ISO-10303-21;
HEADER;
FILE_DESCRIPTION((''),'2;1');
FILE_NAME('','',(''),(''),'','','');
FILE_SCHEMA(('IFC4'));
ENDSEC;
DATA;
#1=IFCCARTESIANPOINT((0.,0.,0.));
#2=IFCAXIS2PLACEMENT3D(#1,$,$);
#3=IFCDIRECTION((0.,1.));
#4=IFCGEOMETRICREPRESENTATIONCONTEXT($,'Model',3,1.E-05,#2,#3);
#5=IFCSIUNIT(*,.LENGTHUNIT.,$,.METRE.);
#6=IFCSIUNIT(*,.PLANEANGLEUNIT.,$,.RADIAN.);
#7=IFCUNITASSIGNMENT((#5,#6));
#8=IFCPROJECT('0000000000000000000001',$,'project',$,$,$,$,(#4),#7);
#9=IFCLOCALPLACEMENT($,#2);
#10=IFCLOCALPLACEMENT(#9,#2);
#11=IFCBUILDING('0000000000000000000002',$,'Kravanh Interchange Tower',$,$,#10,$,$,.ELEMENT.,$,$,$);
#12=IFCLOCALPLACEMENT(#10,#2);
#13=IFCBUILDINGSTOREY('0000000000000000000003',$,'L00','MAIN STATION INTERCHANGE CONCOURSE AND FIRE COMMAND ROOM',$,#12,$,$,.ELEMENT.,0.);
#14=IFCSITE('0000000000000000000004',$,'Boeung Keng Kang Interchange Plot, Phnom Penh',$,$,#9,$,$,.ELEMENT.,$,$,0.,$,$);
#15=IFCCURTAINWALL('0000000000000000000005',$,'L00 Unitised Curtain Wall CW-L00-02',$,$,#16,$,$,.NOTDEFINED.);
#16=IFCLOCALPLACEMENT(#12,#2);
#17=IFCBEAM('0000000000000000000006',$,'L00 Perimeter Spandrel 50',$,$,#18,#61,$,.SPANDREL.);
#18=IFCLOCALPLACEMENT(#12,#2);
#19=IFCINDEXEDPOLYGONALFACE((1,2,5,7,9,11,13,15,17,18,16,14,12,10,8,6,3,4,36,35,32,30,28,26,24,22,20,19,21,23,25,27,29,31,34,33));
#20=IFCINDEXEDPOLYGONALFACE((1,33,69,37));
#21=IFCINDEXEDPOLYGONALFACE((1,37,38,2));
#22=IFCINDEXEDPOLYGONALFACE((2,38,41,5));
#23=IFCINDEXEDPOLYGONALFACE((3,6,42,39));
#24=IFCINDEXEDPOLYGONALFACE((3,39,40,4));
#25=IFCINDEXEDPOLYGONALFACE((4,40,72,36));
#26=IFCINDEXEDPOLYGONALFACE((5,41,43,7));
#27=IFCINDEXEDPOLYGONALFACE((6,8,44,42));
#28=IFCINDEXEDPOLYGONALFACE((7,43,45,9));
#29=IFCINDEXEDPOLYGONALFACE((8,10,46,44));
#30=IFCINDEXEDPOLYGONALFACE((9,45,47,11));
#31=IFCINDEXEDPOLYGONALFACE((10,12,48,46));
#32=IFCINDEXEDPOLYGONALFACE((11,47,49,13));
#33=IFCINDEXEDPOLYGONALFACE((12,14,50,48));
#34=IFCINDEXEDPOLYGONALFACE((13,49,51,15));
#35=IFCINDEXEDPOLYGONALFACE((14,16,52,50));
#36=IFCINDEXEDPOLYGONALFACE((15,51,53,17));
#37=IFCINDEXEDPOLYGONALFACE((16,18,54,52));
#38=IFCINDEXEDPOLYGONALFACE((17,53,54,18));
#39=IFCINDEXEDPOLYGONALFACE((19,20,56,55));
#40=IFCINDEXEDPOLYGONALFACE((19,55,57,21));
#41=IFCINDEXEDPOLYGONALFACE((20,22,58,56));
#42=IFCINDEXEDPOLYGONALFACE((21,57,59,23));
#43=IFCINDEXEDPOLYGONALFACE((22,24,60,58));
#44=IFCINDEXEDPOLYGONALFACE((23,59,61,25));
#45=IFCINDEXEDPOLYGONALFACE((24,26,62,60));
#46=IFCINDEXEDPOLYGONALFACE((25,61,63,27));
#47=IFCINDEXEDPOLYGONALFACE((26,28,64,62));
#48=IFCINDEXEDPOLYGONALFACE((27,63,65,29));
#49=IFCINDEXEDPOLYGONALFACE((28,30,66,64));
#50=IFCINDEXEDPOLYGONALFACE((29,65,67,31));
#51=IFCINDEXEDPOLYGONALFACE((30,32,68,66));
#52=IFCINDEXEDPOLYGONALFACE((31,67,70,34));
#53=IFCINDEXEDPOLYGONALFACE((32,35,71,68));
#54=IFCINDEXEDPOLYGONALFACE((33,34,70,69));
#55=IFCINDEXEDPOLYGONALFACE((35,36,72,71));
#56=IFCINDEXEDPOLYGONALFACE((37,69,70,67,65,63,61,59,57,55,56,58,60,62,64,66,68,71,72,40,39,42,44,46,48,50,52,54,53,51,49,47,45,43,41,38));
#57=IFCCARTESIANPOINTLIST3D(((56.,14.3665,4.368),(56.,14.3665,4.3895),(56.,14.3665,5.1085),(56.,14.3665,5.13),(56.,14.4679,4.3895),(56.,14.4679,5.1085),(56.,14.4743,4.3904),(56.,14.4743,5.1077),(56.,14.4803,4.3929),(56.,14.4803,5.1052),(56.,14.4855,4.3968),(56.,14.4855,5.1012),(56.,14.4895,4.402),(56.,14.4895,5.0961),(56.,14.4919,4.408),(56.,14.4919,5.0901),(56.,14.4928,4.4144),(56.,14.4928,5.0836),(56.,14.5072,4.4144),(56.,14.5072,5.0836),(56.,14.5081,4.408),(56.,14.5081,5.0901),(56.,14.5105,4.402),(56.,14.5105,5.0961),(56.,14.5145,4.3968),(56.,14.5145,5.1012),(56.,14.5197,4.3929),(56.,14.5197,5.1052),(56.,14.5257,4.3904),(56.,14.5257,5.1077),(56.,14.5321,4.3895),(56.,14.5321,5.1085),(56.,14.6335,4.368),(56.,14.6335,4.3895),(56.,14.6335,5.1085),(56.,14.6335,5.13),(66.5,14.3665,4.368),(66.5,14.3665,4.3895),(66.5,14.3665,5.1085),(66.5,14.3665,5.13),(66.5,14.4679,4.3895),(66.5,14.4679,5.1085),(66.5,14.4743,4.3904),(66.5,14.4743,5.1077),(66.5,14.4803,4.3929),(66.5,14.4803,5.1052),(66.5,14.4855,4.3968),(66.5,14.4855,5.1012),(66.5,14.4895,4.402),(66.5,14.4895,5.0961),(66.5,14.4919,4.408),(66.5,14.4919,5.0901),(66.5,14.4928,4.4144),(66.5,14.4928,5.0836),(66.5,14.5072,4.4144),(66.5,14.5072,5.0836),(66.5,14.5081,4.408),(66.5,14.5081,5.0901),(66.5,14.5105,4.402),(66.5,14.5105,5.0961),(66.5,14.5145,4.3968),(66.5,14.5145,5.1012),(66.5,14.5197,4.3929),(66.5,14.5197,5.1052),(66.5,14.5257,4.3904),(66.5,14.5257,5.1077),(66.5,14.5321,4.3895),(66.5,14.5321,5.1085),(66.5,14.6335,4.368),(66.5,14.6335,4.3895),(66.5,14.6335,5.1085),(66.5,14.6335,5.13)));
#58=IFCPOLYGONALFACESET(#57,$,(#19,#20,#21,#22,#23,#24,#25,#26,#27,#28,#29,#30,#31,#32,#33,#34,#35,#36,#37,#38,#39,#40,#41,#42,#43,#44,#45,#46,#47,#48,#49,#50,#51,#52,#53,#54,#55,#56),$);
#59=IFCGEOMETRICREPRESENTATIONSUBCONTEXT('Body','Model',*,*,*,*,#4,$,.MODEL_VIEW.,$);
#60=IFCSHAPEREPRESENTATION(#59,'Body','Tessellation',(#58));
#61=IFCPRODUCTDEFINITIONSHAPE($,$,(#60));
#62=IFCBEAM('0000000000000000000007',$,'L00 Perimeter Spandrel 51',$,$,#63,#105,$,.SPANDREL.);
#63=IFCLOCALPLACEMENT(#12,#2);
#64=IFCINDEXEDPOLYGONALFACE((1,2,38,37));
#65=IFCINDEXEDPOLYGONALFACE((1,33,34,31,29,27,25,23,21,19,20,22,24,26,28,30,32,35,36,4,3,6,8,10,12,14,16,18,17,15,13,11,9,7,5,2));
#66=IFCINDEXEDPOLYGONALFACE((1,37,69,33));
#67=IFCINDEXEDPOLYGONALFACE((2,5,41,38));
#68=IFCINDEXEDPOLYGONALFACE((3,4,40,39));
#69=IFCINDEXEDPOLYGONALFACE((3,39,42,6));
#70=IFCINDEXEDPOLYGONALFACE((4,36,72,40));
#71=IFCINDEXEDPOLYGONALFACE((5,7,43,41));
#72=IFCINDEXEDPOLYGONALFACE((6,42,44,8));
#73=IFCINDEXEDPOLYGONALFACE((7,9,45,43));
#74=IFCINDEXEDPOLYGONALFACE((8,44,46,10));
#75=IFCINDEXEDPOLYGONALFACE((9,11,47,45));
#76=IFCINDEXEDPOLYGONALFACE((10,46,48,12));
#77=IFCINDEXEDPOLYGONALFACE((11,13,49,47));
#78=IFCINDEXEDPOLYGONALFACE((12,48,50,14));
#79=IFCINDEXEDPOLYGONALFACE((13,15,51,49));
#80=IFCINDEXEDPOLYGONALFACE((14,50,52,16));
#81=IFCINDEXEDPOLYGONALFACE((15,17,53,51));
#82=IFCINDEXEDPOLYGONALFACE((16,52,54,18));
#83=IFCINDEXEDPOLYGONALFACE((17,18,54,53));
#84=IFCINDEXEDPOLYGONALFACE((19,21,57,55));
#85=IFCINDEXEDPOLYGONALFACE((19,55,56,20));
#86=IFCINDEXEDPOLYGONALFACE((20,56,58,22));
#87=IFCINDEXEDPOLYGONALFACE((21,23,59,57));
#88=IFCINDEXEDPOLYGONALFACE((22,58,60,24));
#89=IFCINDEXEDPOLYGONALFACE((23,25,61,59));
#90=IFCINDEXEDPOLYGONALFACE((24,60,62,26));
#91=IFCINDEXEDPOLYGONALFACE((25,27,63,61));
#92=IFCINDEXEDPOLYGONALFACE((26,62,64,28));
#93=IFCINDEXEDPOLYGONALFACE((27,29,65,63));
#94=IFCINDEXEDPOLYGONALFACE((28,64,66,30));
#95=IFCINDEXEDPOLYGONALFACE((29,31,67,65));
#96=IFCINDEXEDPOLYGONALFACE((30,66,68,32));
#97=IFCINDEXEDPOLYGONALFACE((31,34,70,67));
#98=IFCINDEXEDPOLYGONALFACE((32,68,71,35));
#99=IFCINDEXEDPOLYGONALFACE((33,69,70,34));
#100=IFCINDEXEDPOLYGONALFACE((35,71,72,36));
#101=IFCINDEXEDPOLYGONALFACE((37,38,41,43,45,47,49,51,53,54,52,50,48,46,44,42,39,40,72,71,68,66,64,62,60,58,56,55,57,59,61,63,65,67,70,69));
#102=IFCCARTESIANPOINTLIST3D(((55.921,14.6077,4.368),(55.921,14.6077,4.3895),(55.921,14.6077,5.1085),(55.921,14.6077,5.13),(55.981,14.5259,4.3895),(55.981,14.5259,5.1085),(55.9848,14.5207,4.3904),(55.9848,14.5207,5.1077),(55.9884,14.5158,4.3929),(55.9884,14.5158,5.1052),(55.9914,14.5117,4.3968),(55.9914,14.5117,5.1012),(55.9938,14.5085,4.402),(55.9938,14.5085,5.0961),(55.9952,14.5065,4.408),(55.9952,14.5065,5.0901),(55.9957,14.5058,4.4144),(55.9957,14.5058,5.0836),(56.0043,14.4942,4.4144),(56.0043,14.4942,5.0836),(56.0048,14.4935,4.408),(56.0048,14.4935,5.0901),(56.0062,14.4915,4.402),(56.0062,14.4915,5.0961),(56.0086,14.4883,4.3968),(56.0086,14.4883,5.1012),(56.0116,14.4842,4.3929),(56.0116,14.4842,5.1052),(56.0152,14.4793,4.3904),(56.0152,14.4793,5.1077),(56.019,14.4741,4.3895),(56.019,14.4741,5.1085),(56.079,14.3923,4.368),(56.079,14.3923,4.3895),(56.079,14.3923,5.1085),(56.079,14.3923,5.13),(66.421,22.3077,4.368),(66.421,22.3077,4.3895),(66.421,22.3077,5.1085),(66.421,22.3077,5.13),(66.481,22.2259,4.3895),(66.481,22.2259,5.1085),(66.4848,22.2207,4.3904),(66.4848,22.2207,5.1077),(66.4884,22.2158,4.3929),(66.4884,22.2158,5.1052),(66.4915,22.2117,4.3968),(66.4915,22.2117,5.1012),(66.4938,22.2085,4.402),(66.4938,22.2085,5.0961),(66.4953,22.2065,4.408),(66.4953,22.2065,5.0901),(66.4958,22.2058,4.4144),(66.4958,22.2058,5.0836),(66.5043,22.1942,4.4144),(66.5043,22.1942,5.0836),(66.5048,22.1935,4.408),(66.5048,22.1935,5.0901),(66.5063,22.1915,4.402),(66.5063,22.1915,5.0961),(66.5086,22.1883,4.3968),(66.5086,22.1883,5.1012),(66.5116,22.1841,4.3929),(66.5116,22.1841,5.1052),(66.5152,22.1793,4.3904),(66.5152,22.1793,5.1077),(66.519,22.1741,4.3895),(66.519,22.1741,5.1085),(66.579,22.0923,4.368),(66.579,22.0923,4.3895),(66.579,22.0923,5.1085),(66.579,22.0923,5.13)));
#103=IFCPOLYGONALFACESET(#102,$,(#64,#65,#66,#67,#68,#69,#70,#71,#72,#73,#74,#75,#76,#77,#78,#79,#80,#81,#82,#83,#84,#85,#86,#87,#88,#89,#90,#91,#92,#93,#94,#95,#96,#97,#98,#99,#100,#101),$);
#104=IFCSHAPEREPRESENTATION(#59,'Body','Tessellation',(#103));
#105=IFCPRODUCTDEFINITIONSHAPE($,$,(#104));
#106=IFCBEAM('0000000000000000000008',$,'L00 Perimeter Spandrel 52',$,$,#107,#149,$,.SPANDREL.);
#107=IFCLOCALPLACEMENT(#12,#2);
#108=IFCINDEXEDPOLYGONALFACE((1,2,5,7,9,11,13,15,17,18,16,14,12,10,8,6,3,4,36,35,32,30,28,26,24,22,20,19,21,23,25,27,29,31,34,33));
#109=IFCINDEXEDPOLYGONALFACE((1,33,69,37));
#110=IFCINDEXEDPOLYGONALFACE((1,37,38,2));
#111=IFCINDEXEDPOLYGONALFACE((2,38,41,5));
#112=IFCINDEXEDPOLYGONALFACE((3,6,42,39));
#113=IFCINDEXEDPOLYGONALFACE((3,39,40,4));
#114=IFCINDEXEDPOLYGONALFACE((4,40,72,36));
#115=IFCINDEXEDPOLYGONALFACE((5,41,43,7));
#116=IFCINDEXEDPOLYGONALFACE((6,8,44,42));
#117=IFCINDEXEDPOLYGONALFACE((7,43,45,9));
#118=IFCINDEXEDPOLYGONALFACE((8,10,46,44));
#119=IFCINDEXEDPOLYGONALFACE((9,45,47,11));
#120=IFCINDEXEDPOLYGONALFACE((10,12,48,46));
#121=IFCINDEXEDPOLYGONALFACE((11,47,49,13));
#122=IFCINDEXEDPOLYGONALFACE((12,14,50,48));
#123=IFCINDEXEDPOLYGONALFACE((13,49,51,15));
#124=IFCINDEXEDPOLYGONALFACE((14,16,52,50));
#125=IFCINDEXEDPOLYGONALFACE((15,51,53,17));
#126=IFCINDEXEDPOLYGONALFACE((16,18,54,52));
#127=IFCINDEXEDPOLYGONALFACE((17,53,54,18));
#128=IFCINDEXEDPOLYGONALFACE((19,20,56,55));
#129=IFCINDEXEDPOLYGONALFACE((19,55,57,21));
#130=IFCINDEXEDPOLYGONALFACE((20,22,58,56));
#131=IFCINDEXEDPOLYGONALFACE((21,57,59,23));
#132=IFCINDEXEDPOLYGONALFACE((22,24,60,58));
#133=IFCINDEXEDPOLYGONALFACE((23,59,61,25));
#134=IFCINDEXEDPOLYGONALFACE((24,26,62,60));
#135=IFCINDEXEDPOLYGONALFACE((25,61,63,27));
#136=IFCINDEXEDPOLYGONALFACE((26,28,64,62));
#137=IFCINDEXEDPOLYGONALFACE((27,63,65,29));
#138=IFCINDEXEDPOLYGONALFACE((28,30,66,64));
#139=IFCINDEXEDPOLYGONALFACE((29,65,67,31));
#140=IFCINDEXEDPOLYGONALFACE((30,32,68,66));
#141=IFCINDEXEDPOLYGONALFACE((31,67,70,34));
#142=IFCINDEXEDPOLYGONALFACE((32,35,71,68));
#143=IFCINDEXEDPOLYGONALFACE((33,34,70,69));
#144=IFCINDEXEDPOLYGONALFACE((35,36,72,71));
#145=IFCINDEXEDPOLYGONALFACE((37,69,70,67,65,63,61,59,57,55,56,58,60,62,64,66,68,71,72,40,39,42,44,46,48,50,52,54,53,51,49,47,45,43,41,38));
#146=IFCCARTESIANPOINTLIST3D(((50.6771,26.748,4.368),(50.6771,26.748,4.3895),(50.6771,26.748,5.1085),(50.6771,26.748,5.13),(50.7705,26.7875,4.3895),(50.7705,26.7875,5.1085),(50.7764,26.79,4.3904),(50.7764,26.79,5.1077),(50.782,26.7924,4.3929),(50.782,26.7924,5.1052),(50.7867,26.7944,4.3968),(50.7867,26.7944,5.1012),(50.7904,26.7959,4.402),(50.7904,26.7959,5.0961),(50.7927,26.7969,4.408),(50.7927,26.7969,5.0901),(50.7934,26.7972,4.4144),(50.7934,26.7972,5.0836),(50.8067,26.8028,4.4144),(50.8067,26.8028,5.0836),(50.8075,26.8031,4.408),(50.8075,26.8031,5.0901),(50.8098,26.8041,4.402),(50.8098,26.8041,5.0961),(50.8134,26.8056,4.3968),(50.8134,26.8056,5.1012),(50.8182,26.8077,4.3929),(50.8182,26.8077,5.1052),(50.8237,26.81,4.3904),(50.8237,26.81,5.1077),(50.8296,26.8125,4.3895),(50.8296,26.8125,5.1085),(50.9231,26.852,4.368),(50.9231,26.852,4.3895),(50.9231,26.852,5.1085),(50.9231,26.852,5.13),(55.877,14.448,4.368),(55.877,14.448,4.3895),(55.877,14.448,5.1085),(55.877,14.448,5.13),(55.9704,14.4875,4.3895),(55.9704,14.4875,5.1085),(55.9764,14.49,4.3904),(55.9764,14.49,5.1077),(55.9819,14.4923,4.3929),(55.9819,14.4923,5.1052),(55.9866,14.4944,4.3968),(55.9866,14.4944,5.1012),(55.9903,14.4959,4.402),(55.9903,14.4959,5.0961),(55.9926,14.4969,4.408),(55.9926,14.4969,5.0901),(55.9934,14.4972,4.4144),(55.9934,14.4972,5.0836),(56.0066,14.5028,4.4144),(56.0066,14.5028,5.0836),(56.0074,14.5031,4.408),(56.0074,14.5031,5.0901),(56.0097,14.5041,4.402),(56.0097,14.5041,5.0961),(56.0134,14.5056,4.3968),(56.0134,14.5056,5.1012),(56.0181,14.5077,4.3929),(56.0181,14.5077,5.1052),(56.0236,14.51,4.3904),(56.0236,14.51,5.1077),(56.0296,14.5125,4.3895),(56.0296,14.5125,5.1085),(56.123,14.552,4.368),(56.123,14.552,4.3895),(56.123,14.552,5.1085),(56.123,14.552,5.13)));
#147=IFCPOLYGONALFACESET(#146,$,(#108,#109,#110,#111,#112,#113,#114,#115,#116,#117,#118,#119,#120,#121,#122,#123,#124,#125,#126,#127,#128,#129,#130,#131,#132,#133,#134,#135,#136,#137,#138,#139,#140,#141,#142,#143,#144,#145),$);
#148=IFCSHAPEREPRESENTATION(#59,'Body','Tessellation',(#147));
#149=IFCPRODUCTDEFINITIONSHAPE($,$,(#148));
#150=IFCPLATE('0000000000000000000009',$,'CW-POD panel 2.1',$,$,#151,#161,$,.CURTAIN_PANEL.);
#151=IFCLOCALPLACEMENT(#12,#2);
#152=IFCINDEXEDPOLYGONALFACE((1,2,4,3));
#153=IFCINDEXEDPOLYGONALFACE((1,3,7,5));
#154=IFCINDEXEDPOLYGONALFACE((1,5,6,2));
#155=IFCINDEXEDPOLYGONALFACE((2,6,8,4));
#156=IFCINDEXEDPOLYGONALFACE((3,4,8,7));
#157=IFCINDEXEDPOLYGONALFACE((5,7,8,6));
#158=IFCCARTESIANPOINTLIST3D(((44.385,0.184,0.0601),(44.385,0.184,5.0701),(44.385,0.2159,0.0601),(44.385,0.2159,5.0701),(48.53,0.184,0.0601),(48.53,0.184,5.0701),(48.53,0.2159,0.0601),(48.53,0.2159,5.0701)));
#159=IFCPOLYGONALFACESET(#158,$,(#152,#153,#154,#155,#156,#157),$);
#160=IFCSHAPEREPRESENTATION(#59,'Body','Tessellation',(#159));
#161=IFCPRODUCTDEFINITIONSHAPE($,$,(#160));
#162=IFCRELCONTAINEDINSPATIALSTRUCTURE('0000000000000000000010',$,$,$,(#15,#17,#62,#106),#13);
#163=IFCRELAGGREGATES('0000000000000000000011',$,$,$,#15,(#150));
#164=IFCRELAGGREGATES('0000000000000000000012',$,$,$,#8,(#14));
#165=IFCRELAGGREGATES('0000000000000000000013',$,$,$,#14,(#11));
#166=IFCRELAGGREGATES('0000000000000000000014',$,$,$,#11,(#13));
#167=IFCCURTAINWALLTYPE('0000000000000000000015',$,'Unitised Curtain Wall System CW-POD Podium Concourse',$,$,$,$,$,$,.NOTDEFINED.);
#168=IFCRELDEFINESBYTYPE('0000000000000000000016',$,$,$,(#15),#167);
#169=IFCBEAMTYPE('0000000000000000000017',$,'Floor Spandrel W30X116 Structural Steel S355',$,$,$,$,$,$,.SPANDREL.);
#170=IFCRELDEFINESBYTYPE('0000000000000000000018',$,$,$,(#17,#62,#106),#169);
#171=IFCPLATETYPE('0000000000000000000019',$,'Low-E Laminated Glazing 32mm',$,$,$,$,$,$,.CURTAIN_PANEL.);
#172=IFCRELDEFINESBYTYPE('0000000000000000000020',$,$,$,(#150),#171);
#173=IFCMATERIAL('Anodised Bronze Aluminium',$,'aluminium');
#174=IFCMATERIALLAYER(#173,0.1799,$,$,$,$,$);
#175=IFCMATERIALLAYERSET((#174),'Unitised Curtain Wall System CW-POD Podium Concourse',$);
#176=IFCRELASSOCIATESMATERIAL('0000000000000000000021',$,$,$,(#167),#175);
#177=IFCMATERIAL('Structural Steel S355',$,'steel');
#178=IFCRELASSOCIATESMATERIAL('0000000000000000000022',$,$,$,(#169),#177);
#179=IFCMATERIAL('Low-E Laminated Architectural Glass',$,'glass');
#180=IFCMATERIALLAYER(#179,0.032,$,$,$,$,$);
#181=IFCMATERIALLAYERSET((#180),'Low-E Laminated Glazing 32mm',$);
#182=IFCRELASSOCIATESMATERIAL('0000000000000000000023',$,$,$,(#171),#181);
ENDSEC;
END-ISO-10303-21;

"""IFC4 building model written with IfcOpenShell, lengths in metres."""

from ifc_helpers import new_model, si_unit, direction, frame, origin, origin_2d, place, context, subcontext, project, spatial, rectangle, i_section, extrude, material, layer, layer_set, material_profile, profile_set, type_object, element, aggregate, save


model = new_model("IFC4")

# Units and contexts
model_context = context("Model", 3, precision=1e-05, world=origin(), true_north=direction((0.0, 1.0)))
body_context = subcontext(model_context, "Body", "Model", "MODEL_VIEW")
ifc_project = project(units=[si_unit("LENGTHUNIT", "METRE"), si_unit("PLANEANGLEUNIT", "RADIAN")], contexts=[model_context])

# Site, building, storey
site_placement = place(None, origin())
site = spatial("IfcSite", under=ifc_project, at=site_placement, Name="Boeung Keng Kang Interchange Plot, Phnom Penh", CompositionType="ELEMENT", RefElevation=0.0)
building_placement = place(site_placement, origin())
building = spatial("IfcBuilding", under=site, at=building_placement, Name="Kravanh Interchange Tower", CompositionType="ELEMENT")
storey_placement = place(building_placement, origin())
storey = spatial("IfcBuildingStorey", under=building, at=storey_placement, Name="L00", Description="MAIN STATION INTERCHANGE CONCOURSE AND FIRE COMMAND ROOM", CompositionType="ELEMENT", Elevation=0.0)

# Curtain wall
ifc_material_1 = material(Name="Anodised Bronze Aluminium", Category="aluminium")
ifc_layer_1 = layer(ifc_material_1, 0.1799)
ifc_layer_set_1 = layer_set([ifc_layer_1], Name="Unitised Curtain Wall System CW-POD Podium Concourse")
curtain_wall_type = type_object("IfcCurtainWallType", Name="Unitised Curtain Wall System CW-POD Podium Concourse", PredefinedType="NOTDEFINED", material=ifc_layer_set_1)
curtain_wall_placement = place(storey_placement, origin())
curtain_wall = element("IfcCurtainWall", 1, at=curtain_wall_placement, inside=storey, type_object=curtain_wall_type, Name="L00 Unitised Curtain Wall CW-L00-02", PredefinedType="NOTDEFINED")

# Beams
ifc_material_2 = material(Name="Structural Steel S355", Category="steel")
ifc_material_profile_1 = material_profile(ifc_material_2, i_section(OverallWidth=0.2671, OverallDepth=0.762, WebThickness=0.0144, FlangeThickness=0.0215, FilletRadius=0.0249, at=origin_2d()), Name="W30X116")
ifc_profile_set_1 = profile_set([ifc_material_profile_1], Name="Structural Steel S355")
beam_type_1 = type_object("IfcBeamType", Name="Floor Spandrel W30X116 Structural Steel S355", PredefinedType="SPANDREL", material=ifc_profile_set_1)
beam_1_placement = place(storey_placement, frame((56.0, 14.5, 4.749), z_axis=(1.0, 0.0, 0.0), x_axis=(0.0, 1.0, 0.0)))
element("IfcBeam", 2, at=beam_1_placement, inside=storey, type_object=beam_type_1, Name="L00 Perimeter Spandrel 50", PredefinedType="SPANDREL", context=body_context, shape_type="SweptSolid", body=[
    extrude(i_section(OverallWidth=0.2671, OverallDepth=0.762, WebThickness=0.0144, FlangeThickness=0.0215, FilletRadius=0.0249, at=origin_2d()), origin(), (0.0, 0.0, 1.0), 10.5),
])
beam_2_placement = place(storey_placement, frame((56.0, 14.5, 4.749), z_axis=(0.806407, 0.591361, 0.0), x_axis=(-0.591361, 0.806407, 0.0)))
element("IfcBeam", 3, at=beam_2_placement, inside=storey, type_object=beam_type_1, Name="L00 Perimeter Spandrel 51", PredefinedType="SPANDREL", context=body_context, shape_type="SweptSolid", body=[
    extrude(i_section(OverallWidth=0.2671, OverallDepth=0.762, WebThickness=0.0144, FlangeThickness=0.0215, FilletRadius=0.0249, at=origin_2d()), origin(), (0.0, 0.0, 1.0), 13.0208),
])
beam_3_placement = place(storey_placement, frame((56.0, 14.5, 4.749), z_axis=(-0.389391, 0.921072, 0.0), x_axis=(-0.921072, -0.389391, 0.0)))
element("IfcBeam", 4, at=beam_3_placement, inside=storey, type_object=beam_type_1, Name="L00 Perimeter Spandrel 52", PredefinedType="SPANDREL", context=body_context, shape_type="SweptSolid", body=[
    extrude(i_section(OverallWidth=0.2671, OverallDepth=0.762, WebThickness=0.0144, FlangeThickness=0.0215, FilletRadius=0.0249, at=origin_2d()), origin(), (0.0, 0.0, 1.0), 13.354),
])

# Plate
ifc_material_3 = material(Name="Low-E Laminated Architectural Glass", Category="glass")
ifc_layer_2 = layer(ifc_material_3, 0.032)
ifc_layer_set_2 = layer_set([ifc_layer_2], Name="Low-E Laminated Glazing 32mm")
plate_type = type_object("IfcPlateType", Name="Low-E Laminated Glazing 32mm", PredefinedType="CURTAIN_PANEL", material=ifc_layer_set_2)
plate_placement = place(storey_placement, frame((46.4575, 0.2, 0.0601), z_axis=(0.0, 0.0, 1.0), x_axis=(1.0, 0.0, 0.0)))
plate = element("IfcPlate", 5, at=plate_placement, type_object=plate_type, Name="CW-POD panel 2.1", PredefinedType="CURTAIN_PANEL", context=body_context, shape_type="SweptSolid", body=[
    extrude(rectangle(XDim=4.145, YDim=0.032, at=origin_2d()), origin(), (0.0, 0.0, 1.0), 5.01),
])
aggregate(curtain_wall, [plate])

save(model, "model.ifc")
